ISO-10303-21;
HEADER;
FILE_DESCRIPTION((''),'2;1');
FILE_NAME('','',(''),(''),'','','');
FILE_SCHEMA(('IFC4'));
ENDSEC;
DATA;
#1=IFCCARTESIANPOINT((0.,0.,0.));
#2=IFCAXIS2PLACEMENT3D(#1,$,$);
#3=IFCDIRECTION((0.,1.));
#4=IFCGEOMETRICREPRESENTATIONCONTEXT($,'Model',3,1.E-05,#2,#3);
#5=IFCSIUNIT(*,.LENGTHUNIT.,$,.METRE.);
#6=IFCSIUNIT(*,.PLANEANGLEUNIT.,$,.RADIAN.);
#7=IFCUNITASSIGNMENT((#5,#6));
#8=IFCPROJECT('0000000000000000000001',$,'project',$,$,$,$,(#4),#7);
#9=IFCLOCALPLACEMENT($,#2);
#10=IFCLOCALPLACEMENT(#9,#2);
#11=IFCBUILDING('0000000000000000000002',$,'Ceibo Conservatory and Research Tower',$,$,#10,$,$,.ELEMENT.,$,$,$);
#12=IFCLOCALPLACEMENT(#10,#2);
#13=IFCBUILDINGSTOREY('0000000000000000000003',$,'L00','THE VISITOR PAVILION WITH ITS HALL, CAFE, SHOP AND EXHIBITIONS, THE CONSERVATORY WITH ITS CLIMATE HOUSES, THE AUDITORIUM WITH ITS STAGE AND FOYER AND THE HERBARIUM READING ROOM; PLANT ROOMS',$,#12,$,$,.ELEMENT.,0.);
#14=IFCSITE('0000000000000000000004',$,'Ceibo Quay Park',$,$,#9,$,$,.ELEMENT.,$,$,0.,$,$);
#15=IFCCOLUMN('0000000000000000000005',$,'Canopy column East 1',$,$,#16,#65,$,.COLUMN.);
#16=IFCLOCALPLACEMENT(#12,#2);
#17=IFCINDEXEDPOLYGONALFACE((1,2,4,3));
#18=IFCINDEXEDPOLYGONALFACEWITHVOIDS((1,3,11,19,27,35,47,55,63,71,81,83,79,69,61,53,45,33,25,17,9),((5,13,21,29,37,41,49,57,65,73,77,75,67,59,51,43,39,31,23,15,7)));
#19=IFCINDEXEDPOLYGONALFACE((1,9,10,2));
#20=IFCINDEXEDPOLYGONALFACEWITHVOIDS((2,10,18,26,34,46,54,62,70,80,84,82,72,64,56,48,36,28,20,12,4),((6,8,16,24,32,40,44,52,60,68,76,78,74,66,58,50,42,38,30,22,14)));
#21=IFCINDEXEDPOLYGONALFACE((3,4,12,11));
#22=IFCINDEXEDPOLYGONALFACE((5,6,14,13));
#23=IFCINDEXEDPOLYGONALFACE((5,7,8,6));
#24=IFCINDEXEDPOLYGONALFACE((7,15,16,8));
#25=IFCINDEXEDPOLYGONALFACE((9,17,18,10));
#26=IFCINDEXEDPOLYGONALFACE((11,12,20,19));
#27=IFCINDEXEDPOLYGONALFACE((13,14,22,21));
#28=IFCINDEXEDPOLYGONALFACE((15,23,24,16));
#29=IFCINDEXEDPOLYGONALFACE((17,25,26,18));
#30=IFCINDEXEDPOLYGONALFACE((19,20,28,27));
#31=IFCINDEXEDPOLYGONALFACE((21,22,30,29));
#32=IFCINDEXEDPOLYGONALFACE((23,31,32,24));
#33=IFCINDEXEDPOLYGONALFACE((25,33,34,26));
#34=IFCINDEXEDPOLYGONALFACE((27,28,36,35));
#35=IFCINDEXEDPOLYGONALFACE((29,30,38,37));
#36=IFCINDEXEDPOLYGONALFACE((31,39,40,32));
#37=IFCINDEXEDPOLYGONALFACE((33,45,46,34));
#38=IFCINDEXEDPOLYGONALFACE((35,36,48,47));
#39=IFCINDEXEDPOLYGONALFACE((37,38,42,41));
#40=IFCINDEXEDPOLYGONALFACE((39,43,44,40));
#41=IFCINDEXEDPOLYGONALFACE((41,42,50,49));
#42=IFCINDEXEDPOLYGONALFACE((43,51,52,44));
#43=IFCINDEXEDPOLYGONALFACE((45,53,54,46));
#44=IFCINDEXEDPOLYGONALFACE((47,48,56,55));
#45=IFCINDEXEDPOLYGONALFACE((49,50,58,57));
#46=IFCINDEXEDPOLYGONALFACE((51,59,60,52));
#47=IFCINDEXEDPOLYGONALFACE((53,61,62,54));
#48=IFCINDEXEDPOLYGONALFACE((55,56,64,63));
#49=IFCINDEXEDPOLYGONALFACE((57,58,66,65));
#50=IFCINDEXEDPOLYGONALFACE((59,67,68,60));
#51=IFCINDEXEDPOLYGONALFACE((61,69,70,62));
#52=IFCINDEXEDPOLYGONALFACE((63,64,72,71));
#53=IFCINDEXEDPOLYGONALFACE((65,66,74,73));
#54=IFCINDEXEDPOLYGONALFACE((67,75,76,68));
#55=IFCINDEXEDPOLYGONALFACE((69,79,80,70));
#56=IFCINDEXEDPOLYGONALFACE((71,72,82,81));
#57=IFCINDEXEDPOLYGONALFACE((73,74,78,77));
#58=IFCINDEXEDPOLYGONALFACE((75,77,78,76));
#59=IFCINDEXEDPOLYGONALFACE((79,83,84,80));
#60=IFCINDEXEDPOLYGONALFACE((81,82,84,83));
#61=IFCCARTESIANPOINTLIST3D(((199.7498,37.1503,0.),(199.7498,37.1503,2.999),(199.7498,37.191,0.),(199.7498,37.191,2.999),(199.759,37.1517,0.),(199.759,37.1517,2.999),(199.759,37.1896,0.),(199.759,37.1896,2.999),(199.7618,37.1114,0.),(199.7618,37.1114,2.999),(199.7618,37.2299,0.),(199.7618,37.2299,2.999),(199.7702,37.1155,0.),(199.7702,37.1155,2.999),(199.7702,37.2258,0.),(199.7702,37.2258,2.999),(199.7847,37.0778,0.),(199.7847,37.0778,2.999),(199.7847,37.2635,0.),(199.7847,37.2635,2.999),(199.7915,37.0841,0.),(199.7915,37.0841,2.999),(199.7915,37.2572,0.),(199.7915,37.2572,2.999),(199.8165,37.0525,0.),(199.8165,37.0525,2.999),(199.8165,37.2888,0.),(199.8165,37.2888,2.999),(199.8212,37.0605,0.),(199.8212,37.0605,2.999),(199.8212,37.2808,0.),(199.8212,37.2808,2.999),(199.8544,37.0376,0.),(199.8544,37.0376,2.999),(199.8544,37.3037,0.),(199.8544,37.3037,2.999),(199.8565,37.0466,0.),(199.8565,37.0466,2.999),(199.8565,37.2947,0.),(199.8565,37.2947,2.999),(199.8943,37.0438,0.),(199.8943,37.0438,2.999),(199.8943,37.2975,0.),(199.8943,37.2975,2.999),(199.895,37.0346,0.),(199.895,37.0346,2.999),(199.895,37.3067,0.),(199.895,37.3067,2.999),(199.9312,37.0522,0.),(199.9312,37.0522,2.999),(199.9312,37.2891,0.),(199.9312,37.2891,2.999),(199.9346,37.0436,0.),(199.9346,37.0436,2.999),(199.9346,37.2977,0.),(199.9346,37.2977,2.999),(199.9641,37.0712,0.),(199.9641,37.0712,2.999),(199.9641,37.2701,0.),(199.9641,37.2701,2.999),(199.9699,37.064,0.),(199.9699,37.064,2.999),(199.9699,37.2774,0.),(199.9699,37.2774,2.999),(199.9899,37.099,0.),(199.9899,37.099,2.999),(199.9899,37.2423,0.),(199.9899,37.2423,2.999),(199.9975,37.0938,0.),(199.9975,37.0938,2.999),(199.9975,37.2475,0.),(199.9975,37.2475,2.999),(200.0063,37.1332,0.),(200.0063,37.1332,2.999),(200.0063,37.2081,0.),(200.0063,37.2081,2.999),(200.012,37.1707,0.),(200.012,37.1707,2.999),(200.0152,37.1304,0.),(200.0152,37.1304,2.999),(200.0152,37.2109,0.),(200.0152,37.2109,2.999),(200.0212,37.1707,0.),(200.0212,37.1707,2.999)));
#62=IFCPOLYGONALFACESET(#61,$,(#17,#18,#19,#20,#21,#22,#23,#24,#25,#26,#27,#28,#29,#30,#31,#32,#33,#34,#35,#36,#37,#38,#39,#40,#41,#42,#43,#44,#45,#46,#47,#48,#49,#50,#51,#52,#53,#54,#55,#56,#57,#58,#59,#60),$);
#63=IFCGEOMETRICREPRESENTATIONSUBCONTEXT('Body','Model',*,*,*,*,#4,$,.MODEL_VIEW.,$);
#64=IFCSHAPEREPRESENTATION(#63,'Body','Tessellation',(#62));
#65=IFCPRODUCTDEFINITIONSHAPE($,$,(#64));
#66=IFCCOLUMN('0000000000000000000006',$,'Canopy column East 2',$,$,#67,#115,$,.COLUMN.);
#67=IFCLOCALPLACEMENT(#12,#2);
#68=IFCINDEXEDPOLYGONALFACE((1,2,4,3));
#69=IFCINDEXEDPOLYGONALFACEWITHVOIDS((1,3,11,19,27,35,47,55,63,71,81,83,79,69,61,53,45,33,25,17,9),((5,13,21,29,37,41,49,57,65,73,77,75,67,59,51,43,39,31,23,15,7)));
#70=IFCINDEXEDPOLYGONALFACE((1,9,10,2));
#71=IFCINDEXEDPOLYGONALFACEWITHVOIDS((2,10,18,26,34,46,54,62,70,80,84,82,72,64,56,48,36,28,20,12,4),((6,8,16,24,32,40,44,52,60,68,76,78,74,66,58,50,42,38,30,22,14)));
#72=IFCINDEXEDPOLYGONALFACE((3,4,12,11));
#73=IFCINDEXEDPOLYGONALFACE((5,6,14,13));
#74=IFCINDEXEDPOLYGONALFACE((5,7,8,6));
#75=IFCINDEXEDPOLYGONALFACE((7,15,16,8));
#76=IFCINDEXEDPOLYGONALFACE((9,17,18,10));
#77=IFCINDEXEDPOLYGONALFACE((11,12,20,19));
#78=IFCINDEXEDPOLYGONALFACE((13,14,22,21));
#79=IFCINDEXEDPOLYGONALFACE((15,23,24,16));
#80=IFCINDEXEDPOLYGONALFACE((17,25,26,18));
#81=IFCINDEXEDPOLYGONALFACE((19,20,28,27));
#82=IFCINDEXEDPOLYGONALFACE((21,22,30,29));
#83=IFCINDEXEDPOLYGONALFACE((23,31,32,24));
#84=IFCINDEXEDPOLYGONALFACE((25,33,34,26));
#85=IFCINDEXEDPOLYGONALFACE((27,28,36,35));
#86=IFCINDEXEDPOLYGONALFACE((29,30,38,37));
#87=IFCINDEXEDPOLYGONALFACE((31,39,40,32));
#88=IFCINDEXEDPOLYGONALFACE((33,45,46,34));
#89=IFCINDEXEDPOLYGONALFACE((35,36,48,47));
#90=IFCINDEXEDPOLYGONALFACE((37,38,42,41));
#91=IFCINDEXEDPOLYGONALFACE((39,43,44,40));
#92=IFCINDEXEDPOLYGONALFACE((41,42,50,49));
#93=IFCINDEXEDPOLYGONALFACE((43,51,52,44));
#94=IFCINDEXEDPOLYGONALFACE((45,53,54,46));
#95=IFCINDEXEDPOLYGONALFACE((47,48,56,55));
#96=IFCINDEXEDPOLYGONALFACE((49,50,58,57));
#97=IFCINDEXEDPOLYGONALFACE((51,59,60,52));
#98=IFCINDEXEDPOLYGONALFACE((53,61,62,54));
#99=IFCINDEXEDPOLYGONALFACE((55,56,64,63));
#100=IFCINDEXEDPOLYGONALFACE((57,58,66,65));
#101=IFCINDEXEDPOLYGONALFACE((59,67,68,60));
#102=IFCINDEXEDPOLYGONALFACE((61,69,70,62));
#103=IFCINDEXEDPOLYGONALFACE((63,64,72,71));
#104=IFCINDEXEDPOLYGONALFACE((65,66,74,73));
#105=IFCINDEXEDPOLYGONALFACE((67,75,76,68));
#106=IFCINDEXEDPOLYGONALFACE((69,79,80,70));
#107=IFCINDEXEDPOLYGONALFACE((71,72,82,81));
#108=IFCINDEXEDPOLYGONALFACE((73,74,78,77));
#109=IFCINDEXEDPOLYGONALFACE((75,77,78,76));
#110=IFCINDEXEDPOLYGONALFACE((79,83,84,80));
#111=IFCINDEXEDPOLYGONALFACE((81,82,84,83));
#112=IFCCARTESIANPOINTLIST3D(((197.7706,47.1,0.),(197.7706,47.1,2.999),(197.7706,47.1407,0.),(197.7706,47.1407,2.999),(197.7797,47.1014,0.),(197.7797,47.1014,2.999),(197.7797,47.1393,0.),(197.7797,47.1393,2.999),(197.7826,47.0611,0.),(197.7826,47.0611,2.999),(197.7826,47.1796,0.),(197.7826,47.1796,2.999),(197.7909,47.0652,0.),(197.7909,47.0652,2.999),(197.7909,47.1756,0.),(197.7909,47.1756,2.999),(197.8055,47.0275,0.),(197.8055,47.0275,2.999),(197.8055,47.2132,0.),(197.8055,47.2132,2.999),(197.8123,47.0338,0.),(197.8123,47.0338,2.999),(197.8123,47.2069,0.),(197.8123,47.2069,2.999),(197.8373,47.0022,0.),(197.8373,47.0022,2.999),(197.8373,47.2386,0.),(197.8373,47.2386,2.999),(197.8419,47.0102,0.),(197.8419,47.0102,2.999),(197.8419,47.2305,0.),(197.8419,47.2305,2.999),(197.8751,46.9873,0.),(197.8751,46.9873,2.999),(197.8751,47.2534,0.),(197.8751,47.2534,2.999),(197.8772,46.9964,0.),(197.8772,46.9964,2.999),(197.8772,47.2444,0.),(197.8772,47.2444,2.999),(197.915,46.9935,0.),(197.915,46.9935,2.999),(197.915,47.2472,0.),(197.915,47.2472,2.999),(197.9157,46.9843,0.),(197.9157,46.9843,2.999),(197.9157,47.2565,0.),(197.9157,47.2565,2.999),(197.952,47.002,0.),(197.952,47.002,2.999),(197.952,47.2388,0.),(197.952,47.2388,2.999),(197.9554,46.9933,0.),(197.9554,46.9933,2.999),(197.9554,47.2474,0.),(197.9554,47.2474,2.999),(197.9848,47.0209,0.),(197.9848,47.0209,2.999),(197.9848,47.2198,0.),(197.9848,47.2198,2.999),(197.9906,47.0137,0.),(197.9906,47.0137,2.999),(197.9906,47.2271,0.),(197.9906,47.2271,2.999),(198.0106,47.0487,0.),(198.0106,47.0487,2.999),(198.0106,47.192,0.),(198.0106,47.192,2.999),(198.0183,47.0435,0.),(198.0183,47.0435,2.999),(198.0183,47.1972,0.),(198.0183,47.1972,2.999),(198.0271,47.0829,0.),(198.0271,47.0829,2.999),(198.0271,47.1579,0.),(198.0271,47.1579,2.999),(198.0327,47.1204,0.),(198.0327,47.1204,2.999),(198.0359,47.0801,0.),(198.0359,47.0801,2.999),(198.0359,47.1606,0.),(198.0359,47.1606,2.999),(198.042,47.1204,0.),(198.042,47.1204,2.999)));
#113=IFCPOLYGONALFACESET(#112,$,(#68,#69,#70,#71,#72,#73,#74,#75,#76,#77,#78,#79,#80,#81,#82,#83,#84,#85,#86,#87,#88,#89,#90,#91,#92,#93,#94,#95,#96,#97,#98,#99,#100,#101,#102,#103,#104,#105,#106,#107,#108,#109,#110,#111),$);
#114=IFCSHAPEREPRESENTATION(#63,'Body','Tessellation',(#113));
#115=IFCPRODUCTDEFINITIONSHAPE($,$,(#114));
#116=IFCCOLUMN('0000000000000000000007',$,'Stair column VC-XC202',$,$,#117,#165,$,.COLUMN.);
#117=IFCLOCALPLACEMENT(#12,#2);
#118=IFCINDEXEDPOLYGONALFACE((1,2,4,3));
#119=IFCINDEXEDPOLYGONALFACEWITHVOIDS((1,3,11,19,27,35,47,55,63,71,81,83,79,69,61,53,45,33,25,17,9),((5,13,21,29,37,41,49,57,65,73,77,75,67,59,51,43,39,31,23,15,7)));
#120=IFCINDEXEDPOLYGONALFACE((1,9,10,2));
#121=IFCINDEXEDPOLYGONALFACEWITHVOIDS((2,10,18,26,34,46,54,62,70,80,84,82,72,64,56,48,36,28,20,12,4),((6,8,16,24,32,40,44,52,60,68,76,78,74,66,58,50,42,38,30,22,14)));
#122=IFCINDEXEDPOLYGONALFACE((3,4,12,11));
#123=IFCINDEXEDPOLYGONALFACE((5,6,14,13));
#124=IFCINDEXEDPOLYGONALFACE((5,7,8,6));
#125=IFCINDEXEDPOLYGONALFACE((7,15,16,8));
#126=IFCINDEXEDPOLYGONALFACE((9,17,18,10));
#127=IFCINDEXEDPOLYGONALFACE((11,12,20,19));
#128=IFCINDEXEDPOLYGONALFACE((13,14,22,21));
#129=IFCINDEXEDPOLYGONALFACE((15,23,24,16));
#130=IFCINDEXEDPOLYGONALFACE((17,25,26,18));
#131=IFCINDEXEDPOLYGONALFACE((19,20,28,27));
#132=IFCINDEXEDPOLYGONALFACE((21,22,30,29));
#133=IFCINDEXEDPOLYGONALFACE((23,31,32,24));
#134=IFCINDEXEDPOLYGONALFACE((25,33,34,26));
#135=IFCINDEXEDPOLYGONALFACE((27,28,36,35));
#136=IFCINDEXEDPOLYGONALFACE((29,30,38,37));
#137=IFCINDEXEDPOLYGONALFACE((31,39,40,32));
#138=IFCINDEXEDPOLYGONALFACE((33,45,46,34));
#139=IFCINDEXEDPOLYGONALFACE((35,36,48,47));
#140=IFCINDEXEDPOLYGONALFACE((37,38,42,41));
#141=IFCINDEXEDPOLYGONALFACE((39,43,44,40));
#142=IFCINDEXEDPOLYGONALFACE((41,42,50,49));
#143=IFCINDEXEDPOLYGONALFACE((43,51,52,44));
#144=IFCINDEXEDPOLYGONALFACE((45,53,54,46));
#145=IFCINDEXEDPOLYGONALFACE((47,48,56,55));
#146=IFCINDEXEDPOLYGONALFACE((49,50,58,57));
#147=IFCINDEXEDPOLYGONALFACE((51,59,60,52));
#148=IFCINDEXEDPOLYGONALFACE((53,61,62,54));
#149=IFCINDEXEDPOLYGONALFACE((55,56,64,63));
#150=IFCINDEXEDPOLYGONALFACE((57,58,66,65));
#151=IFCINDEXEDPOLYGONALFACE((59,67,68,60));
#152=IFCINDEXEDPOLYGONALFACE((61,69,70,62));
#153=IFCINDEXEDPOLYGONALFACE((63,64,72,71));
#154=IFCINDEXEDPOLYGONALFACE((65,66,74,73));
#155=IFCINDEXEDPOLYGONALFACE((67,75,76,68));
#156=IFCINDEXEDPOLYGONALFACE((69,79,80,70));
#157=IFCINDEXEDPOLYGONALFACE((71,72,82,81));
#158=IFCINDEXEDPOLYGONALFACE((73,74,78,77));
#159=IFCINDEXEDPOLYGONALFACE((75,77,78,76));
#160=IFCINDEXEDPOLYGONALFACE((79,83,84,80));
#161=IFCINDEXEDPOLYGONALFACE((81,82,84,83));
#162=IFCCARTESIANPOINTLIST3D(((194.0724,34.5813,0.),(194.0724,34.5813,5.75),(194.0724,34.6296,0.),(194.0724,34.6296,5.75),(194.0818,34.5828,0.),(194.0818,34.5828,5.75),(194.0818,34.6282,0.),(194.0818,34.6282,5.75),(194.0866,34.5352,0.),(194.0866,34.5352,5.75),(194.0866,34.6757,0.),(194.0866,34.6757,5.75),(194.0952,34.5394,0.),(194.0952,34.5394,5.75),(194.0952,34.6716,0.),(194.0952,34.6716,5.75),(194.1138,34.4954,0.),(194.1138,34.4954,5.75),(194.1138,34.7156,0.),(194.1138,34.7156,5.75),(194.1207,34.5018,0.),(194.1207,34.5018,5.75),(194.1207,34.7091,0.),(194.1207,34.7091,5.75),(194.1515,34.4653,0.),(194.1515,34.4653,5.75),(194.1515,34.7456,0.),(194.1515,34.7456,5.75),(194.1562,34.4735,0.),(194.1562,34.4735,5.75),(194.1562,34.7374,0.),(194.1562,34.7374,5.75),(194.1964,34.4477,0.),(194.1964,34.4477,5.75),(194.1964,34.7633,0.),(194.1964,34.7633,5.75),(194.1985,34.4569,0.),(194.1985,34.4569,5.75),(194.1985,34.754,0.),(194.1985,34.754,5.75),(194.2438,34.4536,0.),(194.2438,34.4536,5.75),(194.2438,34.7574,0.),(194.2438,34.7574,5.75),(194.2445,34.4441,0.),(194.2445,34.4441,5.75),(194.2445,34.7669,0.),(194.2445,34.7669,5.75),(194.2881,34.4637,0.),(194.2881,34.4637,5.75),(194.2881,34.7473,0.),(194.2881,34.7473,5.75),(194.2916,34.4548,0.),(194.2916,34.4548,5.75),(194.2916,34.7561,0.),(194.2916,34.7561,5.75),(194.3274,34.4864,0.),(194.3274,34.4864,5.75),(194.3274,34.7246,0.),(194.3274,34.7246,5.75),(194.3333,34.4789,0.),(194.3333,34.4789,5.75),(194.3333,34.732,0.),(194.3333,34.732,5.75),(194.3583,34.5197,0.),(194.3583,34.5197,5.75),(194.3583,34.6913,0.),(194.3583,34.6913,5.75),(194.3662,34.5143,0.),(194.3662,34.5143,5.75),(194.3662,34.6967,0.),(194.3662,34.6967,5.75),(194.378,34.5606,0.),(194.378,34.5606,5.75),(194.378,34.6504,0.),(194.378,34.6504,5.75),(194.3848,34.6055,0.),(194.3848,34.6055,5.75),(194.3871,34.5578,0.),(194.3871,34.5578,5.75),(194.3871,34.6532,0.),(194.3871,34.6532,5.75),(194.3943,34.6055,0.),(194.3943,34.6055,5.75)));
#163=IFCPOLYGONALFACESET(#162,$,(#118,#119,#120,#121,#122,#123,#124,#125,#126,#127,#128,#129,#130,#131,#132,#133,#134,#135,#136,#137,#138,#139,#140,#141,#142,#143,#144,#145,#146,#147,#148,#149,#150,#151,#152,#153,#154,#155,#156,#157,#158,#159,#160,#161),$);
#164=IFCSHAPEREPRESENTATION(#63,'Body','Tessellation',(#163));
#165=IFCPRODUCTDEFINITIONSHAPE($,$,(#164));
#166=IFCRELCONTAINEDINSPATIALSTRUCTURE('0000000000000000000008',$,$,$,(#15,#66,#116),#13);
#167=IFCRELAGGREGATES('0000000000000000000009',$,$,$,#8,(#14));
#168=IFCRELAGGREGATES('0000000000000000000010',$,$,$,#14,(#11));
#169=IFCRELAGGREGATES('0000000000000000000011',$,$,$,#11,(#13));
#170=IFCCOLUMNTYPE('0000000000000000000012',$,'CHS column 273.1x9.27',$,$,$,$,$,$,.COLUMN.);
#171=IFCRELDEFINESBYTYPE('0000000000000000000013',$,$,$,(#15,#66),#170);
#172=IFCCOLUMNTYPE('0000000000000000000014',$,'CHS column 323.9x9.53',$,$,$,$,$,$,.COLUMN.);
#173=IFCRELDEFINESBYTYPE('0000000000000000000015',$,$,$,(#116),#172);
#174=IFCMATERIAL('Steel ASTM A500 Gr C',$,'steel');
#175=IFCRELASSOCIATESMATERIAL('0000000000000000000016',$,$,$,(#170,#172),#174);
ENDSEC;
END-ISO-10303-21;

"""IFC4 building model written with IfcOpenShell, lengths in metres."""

from ifc_helpers import new_model, si_unit, direction, frame, origin, origin_2d, place, context, subcontext, project, spatial, hollow_circle, extrude, material, material_profile, profile_set, type_object, element, save


model = new_model("IFC4")

# Units and contexts
model_context = context("Model", 3, precision=1e-05, world=origin(), true_north=direction((0.0, 1.0)))
body_context = subcontext(model_context, "Body", "Model", "MODEL_VIEW")
ifc_project = project(units=[si_unit("LENGTHUNIT", "METRE"), si_unit("PLANEANGLEUNIT", "RADIAN")], contexts=[model_context])

# Site, building, storey
site_placement = place(None, origin())
site = spatial("IfcSite", under=ifc_project, at=site_placement, Name="Ceibo Quay Park", CompositionType="ELEMENT", RefElevation=0.0)
building_placement = place(site_placement, origin())
building = spatial("IfcBuilding", under=site, at=building_placement, Name="Ceibo Conservatory and Research Tower", CompositionType="ELEMENT")
storey_placement = place(building_placement, origin())
storey = spatial("IfcBuildingStorey", under=building, at=storey_placement, Name="L00", Description="THE VISITOR PAVILION WITH ITS HALL, CAFE, SHOP AND EXHIBITIONS, THE CONSERVATORY WITH ITS CLIMATE HOUSES, THE AUDITORIUM WITH ITS STAGE AND FOYER AND THE HERBARIUM READING ROOM; PLANT ROOMS", CompositionType="ELEMENT", Elevation=0.0)

# Columns
ifc_material_1 = material(Name="Steel ASTM A500 Gr C", Category="steel")
ifc_material_profile_1 = material_profile(ifc_material_1, hollow_circle(Radius=0.1365, WallThickness=0.0093, at=origin_2d()), Name="CHS column 273.1x9.27")
ifc_profile_set_1 = profile_set([ifc_material_profile_1], Name="Steel ASTM A500 Gr C")
column_type_1 = type_object("IfcColumnType", Name="CHS column 273.1x9.27", PredefinedType="COLUMN", material=ifc_profile_set_1)
for number, where, z_axis, x_axis, name in (
    (1, (199.8848, 37.1707, 0.0), (0.0, 0.0, 1.0), (1.0, 0.0, 0.0), "Canopy column East 1"),
    (2, (197.9055, 47.1204, 0.0), (0.0, 0.0, 1.0), (1.0, 0.0, 0.0), "Canopy column East 2"),
):
    element("IfcColumn", number, at=place(storey_placement, frame(where, z_axis=z_axis, x_axis=x_axis)), inside=storey, type_object=column_type_1, Name=name, PredefinedType="COLUMN", context=body_context, shape_type="SweptSolid", body=[
        extrude(hollow_circle(Radius=0.1365, WallThickness=0.0093, at=origin_2d()), origin(), (0.0, 0.0, 1.0), 2.999),
    ])
ifc_material_profile_2 = material_profile(ifc_material_1, hollow_circle(Radius=0.1619, WallThickness=0.0095, at=origin_2d()), Name="CHS column 323.9x9.53")
ifc_profile_set_2 = profile_set([ifc_material_profile_2], Name="Steel ASTM A500 Gr C")
column_type_2 = type_object("IfcColumnType", Name="CHS column 323.9x9.53", PredefinedType="COLUMN", material=ifc_profile_set_2)
column_1_placement = place(storey_placement, frame((194.2324, 34.6055, 0.0), z_axis=(0.0, 0.0, 1.0), x_axis=(1.0, 0.0, 0.0)))
element("IfcColumn", 3, at=column_1_placement, inside=storey, type_object=column_type_2, Name="Stair column VC-XC202", PredefinedType="COLUMN", context=body_context, shape_type="SweptSolid", body=[
    extrude(hollow_circle(Radius=0.1619, WallThickness=0.0095, at=origin_2d()), origin(), (0.0, 0.0, 1.0), 5.75),
])

save(model, "model.ifc")
